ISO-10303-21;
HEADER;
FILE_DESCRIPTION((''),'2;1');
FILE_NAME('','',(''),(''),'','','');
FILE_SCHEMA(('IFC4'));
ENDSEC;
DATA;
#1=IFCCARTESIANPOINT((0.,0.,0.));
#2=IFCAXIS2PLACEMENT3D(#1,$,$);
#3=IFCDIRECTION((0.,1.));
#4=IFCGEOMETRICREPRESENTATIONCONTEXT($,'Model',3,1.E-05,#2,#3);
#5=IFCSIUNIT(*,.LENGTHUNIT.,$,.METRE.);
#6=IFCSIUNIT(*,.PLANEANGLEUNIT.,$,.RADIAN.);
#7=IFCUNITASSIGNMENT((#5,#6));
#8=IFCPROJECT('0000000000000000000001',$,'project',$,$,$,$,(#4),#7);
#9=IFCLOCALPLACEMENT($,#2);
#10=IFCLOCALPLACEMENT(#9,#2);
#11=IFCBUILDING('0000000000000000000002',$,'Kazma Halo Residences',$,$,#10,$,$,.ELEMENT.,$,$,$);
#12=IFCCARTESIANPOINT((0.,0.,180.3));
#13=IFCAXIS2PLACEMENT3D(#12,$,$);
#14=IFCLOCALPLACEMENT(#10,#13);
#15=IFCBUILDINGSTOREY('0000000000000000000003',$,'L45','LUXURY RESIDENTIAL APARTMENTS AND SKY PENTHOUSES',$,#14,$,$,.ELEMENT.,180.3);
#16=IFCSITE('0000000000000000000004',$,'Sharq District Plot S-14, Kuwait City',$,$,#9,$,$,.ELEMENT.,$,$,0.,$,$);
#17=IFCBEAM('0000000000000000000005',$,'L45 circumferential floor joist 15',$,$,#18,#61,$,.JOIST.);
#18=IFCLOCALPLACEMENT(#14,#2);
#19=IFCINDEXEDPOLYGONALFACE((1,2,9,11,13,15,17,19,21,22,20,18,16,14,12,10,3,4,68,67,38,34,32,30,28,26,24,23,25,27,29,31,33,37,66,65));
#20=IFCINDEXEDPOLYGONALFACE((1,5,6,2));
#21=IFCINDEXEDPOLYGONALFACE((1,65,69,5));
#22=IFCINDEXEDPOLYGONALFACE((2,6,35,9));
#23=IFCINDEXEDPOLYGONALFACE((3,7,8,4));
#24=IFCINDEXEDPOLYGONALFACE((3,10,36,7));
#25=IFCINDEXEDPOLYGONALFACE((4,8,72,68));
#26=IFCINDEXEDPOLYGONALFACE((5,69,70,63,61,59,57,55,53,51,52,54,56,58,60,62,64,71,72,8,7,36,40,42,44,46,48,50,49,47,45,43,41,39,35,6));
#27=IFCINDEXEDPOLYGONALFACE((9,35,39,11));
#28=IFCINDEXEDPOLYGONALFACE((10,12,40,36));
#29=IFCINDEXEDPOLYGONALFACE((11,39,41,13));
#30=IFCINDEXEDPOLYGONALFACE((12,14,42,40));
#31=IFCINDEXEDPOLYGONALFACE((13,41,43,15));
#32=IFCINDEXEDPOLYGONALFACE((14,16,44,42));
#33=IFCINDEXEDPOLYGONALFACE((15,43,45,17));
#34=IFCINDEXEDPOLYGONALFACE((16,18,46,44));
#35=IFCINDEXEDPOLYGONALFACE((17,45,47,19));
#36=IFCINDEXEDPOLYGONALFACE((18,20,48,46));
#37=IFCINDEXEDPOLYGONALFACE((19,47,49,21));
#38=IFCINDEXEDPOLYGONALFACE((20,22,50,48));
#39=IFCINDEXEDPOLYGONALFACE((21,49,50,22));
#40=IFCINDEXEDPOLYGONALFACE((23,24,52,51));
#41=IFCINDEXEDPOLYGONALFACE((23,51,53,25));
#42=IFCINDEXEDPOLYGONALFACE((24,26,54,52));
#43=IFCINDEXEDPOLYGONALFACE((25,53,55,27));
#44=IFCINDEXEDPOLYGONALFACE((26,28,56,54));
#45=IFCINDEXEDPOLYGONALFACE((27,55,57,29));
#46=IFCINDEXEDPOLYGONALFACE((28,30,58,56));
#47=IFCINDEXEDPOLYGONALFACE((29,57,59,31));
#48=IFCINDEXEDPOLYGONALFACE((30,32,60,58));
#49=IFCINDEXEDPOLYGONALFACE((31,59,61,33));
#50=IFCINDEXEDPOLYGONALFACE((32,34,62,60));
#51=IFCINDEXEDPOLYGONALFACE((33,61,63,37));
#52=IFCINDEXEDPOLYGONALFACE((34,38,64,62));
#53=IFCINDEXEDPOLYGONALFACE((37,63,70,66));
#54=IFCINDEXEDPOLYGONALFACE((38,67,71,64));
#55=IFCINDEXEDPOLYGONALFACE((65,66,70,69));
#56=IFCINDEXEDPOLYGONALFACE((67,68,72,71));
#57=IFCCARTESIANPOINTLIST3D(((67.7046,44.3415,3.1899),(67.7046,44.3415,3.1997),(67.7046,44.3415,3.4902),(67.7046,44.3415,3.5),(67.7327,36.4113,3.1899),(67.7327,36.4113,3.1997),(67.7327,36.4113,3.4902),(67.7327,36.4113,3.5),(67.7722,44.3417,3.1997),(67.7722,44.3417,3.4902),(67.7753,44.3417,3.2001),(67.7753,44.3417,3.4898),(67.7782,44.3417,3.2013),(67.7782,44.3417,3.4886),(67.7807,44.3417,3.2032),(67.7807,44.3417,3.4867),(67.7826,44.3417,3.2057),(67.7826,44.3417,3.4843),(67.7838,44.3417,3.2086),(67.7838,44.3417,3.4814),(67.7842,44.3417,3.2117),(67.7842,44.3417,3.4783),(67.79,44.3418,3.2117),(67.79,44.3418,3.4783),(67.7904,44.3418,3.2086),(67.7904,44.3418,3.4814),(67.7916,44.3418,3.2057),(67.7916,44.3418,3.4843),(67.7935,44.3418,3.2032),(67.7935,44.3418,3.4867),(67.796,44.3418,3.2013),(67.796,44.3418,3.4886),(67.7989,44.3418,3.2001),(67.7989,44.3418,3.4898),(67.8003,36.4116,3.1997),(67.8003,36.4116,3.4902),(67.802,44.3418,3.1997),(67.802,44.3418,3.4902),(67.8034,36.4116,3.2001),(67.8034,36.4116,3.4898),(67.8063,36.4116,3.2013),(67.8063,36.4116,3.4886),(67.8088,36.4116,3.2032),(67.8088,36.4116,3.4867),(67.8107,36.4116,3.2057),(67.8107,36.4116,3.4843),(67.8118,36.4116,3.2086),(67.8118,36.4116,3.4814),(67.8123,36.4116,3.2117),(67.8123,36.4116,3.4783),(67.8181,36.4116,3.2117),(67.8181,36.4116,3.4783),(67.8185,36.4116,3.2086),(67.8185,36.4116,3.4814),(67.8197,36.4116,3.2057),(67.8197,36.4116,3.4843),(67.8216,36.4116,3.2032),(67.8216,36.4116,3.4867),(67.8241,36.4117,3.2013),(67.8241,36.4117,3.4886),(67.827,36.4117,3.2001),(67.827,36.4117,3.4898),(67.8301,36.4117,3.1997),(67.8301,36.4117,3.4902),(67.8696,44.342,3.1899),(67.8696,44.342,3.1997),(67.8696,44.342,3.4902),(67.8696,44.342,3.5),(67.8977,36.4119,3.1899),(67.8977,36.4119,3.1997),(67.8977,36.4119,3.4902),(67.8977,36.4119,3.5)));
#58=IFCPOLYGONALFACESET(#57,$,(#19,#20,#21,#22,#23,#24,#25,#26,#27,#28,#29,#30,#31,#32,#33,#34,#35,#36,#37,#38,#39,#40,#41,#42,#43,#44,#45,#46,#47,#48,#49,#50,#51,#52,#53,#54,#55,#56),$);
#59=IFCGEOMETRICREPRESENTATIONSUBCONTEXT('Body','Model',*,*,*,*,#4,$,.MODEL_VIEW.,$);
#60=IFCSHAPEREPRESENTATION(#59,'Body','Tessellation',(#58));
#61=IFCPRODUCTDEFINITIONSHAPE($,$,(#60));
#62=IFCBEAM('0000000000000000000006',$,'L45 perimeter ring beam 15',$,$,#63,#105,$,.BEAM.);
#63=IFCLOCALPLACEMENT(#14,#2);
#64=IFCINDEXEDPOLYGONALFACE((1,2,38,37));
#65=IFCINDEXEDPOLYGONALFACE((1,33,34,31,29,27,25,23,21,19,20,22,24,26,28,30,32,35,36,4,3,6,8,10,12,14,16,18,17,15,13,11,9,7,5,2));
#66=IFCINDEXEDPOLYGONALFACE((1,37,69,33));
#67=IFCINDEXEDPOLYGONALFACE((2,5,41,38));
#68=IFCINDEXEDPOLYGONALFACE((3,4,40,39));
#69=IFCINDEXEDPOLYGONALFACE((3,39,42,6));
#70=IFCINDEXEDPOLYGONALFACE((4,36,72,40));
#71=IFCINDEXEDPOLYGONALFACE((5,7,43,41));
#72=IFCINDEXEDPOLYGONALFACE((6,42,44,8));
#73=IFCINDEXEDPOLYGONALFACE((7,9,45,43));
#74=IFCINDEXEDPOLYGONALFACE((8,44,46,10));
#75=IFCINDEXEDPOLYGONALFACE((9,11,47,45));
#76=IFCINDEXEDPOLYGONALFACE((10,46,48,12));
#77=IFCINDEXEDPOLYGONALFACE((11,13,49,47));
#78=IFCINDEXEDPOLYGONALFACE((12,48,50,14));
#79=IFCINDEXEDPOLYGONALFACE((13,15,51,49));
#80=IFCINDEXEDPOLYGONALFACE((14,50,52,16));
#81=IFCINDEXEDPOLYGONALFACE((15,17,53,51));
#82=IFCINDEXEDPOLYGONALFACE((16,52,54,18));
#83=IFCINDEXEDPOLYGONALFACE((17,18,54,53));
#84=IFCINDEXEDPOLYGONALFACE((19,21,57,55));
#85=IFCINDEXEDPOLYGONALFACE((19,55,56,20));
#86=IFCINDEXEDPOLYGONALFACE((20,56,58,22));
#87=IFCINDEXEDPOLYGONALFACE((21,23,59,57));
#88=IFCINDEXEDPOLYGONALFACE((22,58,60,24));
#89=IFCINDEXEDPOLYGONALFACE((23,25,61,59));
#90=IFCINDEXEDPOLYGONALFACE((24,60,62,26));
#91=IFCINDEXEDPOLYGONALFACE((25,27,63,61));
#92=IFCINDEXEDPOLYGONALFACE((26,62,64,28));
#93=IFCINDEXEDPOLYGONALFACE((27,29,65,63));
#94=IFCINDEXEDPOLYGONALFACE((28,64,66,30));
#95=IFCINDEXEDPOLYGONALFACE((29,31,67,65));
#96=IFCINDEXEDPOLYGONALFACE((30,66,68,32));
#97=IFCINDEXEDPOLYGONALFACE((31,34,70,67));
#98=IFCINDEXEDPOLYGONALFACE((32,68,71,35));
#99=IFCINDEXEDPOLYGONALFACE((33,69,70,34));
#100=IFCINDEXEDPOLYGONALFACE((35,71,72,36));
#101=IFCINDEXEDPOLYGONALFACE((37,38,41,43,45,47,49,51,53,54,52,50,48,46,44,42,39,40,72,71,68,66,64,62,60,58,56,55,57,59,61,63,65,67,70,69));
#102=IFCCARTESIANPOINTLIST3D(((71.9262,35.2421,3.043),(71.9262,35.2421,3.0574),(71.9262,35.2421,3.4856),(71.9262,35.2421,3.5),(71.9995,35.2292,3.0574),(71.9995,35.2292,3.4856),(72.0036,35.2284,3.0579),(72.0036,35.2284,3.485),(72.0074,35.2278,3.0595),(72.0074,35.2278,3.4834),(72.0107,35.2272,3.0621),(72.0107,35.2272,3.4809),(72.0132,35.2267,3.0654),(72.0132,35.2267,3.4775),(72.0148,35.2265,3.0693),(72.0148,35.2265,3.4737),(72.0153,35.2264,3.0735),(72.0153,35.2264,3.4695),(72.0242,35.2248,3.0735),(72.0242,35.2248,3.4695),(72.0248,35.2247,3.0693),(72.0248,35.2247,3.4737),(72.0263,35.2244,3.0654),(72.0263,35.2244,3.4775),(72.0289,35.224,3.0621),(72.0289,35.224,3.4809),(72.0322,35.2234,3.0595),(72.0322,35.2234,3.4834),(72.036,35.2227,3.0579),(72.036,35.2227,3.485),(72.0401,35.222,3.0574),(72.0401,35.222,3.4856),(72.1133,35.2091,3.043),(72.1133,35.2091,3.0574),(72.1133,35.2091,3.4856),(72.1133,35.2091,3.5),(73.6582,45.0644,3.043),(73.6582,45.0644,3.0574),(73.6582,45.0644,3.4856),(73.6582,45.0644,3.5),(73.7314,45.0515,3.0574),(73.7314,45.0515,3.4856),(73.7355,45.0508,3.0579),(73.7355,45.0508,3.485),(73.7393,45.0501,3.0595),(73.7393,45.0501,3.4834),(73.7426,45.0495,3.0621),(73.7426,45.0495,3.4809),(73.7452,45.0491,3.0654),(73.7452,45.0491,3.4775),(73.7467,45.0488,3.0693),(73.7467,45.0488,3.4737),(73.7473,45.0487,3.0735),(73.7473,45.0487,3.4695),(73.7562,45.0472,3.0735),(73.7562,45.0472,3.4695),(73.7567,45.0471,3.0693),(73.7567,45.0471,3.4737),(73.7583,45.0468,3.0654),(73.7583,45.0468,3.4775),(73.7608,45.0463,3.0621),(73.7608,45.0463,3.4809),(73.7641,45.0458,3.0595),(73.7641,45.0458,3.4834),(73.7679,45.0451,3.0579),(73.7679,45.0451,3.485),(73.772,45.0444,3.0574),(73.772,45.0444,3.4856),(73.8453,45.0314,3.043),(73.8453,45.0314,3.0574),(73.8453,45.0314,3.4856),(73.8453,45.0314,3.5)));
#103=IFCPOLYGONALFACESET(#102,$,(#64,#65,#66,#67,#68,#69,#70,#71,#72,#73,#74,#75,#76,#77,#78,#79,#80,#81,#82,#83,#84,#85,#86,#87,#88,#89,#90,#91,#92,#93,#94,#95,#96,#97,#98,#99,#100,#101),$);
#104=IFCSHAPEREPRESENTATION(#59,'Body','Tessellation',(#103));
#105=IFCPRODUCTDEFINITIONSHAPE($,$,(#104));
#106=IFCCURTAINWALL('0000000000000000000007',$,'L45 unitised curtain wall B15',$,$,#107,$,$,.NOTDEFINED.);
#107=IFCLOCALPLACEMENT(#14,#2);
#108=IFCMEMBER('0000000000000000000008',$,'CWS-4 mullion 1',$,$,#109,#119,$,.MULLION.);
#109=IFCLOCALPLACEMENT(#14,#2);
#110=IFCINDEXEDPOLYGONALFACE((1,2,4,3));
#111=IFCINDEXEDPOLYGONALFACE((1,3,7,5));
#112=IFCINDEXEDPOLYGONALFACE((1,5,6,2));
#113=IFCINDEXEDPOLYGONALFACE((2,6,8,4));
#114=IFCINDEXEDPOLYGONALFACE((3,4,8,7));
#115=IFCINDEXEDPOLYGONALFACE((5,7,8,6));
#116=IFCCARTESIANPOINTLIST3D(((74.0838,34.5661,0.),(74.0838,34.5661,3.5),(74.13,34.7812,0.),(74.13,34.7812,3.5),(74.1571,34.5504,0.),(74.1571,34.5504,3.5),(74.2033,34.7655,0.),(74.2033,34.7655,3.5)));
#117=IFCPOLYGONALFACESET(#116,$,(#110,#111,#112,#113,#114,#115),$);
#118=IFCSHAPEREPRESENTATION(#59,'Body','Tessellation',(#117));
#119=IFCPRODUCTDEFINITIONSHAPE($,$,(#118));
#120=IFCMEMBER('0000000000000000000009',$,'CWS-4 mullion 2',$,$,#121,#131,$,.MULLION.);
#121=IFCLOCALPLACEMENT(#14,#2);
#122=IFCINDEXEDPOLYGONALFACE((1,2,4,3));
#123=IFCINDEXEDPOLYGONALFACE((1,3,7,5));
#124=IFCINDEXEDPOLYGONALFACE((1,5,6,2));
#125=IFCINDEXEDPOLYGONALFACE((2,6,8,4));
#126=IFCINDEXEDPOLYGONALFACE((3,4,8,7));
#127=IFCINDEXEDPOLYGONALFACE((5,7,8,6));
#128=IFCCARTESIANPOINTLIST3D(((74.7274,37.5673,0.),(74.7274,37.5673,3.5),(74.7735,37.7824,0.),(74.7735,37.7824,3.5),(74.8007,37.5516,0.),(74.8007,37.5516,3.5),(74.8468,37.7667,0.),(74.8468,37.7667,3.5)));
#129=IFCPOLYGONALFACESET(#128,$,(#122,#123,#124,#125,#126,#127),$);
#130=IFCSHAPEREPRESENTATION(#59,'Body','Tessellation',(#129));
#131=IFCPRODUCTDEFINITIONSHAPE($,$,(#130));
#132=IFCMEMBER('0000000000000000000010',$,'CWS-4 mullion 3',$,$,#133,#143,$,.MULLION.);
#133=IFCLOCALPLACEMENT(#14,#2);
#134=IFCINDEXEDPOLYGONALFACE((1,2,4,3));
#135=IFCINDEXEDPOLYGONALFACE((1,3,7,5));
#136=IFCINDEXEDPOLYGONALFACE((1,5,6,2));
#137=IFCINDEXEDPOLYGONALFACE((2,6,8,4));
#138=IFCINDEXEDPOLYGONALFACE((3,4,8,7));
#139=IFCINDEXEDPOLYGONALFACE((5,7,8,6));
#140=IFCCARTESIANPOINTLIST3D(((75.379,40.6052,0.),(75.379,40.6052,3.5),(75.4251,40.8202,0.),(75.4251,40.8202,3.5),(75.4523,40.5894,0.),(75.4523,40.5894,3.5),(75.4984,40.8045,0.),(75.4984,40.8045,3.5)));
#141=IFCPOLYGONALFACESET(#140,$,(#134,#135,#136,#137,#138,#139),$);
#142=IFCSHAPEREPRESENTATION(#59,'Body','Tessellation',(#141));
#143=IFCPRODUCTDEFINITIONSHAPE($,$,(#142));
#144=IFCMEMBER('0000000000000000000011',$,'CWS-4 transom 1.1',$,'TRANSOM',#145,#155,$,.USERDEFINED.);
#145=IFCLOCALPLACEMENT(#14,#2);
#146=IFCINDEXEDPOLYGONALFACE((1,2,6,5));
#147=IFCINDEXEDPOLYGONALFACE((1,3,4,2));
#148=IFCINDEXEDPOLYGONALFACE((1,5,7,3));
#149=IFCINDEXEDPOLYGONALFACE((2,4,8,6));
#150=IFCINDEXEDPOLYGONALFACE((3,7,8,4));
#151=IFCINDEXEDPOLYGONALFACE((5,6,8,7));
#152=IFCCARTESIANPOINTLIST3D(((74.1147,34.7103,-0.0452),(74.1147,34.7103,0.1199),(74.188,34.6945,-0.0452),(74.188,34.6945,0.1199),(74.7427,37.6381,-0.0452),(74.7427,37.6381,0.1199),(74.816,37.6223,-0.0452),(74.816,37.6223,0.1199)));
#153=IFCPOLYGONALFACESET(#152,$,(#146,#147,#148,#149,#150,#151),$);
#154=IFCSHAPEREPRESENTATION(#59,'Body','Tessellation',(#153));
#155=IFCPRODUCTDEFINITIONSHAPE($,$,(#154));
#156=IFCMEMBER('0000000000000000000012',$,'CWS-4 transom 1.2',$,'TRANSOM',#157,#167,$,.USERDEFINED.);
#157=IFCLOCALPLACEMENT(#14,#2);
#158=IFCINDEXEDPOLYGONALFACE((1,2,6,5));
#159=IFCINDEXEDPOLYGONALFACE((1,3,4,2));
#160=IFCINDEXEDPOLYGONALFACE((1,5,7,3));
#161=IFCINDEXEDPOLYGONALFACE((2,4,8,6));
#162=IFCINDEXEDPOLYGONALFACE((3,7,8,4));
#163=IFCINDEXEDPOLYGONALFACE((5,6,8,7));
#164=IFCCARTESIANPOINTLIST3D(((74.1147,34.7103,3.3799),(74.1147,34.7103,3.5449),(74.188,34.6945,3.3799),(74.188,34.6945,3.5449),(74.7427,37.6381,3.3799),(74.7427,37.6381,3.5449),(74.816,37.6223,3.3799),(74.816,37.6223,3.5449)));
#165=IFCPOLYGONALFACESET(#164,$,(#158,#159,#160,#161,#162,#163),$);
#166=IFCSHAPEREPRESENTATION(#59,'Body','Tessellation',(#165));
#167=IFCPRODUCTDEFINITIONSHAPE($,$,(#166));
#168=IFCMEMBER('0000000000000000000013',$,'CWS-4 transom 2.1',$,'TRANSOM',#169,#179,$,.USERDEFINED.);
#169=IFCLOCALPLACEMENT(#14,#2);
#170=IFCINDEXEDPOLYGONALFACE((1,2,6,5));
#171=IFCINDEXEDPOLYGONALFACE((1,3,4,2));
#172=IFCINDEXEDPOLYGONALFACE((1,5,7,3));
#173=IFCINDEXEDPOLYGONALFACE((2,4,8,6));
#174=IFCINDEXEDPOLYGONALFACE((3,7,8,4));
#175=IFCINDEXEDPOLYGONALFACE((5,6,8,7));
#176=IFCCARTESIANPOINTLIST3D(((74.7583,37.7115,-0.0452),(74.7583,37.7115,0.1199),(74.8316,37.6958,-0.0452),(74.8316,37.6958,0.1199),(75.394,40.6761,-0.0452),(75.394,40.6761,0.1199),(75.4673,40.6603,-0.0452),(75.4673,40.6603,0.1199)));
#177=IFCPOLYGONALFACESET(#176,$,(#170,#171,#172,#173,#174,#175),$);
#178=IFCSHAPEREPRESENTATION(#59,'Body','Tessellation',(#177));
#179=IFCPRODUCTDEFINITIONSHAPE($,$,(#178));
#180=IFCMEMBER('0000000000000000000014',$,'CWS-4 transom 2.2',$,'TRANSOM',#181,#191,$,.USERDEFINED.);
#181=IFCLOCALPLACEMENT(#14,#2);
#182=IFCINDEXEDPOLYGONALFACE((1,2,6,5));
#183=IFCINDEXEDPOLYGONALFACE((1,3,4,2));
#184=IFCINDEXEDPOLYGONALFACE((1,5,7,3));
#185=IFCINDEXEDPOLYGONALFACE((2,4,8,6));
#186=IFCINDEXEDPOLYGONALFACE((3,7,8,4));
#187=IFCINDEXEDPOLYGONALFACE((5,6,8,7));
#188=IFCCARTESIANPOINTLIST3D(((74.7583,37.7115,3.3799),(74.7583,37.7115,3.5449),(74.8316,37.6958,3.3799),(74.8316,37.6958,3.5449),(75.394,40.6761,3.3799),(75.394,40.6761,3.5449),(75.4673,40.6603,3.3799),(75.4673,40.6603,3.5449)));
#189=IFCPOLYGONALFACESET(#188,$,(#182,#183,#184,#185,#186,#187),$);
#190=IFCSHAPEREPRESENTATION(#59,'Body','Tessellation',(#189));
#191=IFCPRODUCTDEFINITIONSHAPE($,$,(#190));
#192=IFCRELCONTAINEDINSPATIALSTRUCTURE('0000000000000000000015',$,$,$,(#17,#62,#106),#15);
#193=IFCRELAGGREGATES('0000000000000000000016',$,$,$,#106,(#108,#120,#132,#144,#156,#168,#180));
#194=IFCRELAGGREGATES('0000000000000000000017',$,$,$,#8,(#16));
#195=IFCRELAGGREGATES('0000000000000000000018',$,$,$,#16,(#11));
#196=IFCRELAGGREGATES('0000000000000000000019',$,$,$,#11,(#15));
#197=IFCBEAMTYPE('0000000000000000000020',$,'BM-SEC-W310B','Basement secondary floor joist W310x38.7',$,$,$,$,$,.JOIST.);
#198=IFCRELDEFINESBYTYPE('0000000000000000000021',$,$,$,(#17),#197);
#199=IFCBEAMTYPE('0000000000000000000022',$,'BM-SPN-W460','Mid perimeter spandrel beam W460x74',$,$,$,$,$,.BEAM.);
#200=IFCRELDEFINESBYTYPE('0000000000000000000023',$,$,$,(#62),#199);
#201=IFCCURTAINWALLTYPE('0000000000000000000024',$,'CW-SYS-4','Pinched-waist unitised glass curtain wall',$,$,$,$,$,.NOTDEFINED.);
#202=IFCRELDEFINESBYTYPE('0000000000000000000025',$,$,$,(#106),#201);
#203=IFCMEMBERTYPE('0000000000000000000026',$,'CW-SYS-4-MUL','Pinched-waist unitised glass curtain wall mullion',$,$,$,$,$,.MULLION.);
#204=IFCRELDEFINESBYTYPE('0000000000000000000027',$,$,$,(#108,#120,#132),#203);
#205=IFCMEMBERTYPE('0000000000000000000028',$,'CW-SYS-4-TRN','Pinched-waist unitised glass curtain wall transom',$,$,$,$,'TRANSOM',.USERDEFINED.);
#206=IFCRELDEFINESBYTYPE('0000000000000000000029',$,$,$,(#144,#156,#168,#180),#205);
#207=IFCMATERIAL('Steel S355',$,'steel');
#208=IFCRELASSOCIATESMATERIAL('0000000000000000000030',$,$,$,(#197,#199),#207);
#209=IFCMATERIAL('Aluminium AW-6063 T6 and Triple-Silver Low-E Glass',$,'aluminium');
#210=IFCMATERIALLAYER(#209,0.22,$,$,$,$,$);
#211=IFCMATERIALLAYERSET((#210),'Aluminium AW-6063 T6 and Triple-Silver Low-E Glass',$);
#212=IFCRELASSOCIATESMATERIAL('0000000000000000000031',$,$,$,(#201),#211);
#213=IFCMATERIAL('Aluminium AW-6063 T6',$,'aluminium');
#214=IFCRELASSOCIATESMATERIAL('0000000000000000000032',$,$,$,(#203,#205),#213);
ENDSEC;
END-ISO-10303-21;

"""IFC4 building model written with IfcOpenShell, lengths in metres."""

from ifc_helpers import new_model, si_unit, direction, frame, origin, origin_2d, place, context, subcontext, project, spatial, rectangle, i_section, extrude, material, layer, layer_set, material_profile, profile_set, type_object, element, aggregate, save


model = new_model("IFC4")

# Units and contexts
model_context = context("Model", 3, precision=1e-05, world=origin(), true_north=direction((0.0, 1.0)))
body_context = subcontext(model_context, "Body", "Model", "MODEL_VIEW")
ifc_project = project(units=[si_unit("LENGTHUNIT", "METRE"), si_unit("PLANEANGLEUNIT", "RADIAN")], contexts=[model_context])

# Site, building, storey
site_placement = place(None, origin())
site = spatial("IfcSite", under=ifc_project, at=site_placement, Name="Sharq District Plot S-14, Kuwait City", CompositionType="ELEMENT", RefElevation=0.0)
building_placement = place(site_placement, origin())
building = spatial("IfcBuilding", under=site, at=building_placement, Name="Kazma Halo Residences", CompositionType="ELEMENT")
storey_placement = place(building_placement, frame((0.0, 0.0, 180.3)))
storey = spatial("IfcBuildingStorey", under=building, at=storey_placement, Name="L45", Description="LUXURY RESIDENTIAL APARTMENTS AND SKY PENTHOUSES", CompositionType="ELEMENT", Elevation=180.3)

# Beams
ifc_material_1 = material(Name="Steel S355", Category="steel")
ifc_material_profile_1 = material_profile(ifc_material_1, i_section(OverallWidth=0.165, OverallDepth=0.3101, WebThickness=0.0059, FlangeThickness=0.0098, FilletRadius=0.012, at=origin_2d()), Name="W310x38.7")
ifc_profile_set_1 = profile_set([ifc_material_profile_1], Name="Steel S355")
beam_type_1 = type_object("IfcBeamType", Name="BM-SEC-W310B", Description="Basement secondary floor joist W310x38.7", PredefinedType="JOIST", material=ifc_profile_set_1)
beam_1_placement = place(storey_placement, frame((67.8152, 36.4116, 3.345), z_axis=(-0.00354, 0.999994, 0.0), x_axis=(-0.999994, -0.00354, 0.0)))
element("IfcBeam", 1, at=beam_1_placement, inside=storey, type_object=beam_type_1, Name="L45 circumferential floor joist 15", PredefinedType="JOIST", context=body_context, shape_type="SweptSolid", body=[
    extrude(i_section(OverallWidth=0.165, OverallDepth=0.3101, WebThickness=0.0059, FlangeThickness=0.0098, FilletRadius=0.012, at=origin_2d()), origin(), (0.0, 0.0, 1.0), 7.9302),
])
ifc_material_profile_2 = material_profile(ifc_material_1, i_section(OverallWidth=0.1899, OverallDepth=0.457, WebThickness=0.009, FlangeThickness=0.0144, FilletRadius=0.0161, at=origin_2d()), Name="W460x74")
ifc_profile_set_2 = profile_set([ifc_material_profile_2], Name="Steel S355")
beam_type_2 = type_object("IfcBeamType", Name="BM-SPN-W460", Description="Mid perimeter spandrel beam W460x74", PredefinedType="BEAM", material=ifc_profile_set_2)
beam_2_placement = place(storey_placement, frame((72.0198, 35.2256, 3.2715), z_axis=(0.173648, 0.984808, 0.0), x_axis=(-0.984808, 0.173648, 0.0)))
element("IfcBeam", 2, at=beam_2_placement, inside=storey, type_object=beam_type_2, Name="L45 perimeter ring beam 15", PredefinedType="BEAM", context=body_context, shape_type="SweptSolid", body=[
    extrude(i_section(OverallWidth=0.1899, OverallDepth=0.457, WebThickness=0.009, FlangeThickness=0.0144, FilletRadius=0.0161, at=origin_2d()), origin(), (0.0, 0.0, 1.0), 9.9739),
])

# Curtain wall, members
ifc_material_2 = material(Name="Aluminium AW-6063 T6 and Triple-Silver Low-E Glass", Category="aluminium")
ifc_layer_1 = layer(ifc_material_2, 0.22)
ifc_layer_set_1 = layer_set([ifc_layer_1], Name="Aluminium AW-6063 T6 and Triple-Silver Low-E Glass")
curtain_wall_type = type_object("IfcCurtainWallType", Name="CW-SYS-4", Description="Pinched-waist unitised glass curtain wall", PredefinedType="NOTDEFINED", material=ifc_layer_set_1)
curtain_wall_placement = place(storey_placement, origin())
curtain_wall = element("IfcCurtainWall", 3, at=curtain_wall_placement, inside=storey, type_object=curtain_wall_type, Name="L45 unitised curtain wall B15", PredefinedType="NOTDEFINED")
ifc_material_3 = material(Name="Aluminium AW-6063 T6", Category="aluminium")
ifc_material_profile_3 = material_profile(ifc_material_3, rectangle(XDim=0.075, YDim=0.22, at=origin_2d()), Name="CWM-75x220")
ifc_profile_set_3 = profile_set([ifc_material_profile_3], Name="Aluminium AW-6063 T6")
member_type_1 = type_object("IfcMemberType", Name="CW-SYS-4-MUL", Description="Pinched-waist unitised glass curtain wall mullion", PredefinedType="MULLION", material=ifc_profile_set_3)
member_1_placement = place(storey_placement, frame((74.1436, 34.6658, 0.0), z_axis=(0.0, 0.0, 1.0), x_axis=(-0.977768, 0.20969, 0.0)))
member_1 = element("IfcMember", 4, at=member_1_placement, type_object=member_type_1, Name="CWS-4 mullion 1", PredefinedType="MULLION", context=body_context, shape_type="SweptSolid", body=[
    extrude(rectangle(XDim=0.075, YDim=0.22, at=origin_2d()), origin(), (0.0, 0.0, 1.0), 3.5),
])
member_2_placement = place(storey_placement, frame((74.7871, 37.667, 0.0), z_axis=(0.0, 0.0, 1.0), x_axis=(-0.977768, 0.20969, 0.0)))
member_2 = element("IfcMember", 5, at=member_2_placement, type_object=member_type_1, Name="CWS-4 mullion 2", PredefinedType="MULLION", context=body_context, shape_type="SweptSolid", body=[
    extrude(rectangle(XDim=0.075, YDim=0.22, at=origin_2d()), origin(), (0.0, 0.0, 1.0), 3.5),
])
member_3_placement = place(storey_placement, frame((75.4387, 40.7048, 0.0), z_axis=(0.0, 0.0, 1.0), x_axis=(-0.977768, 0.20969, 0.0)))
member_3 = element("IfcMember", 6, at=member_3_placement, type_object=member_type_1, Name="CWS-4 mullion 3", PredefinedType="MULLION", context=body_context, shape_type="SweptSolid", body=[
    extrude(rectangle(XDim=0.075, YDim=0.22, at=origin_2d()), origin(), (0.0, 0.0, 1.0), 3.5),
])
ifc_material_profile_4 = material_profile(ifc_material_3, rectangle(XDim=0.075, YDim=0.165, at=origin_2d()), Name="CWT-75x165")
ifc_profile_set_4 = profile_set([ifc_material_profile_4], Name="Aluminium AW-6063 T6")
member_type_2 = type_object("IfcMemberType", Name="CW-SYS-4-TRN", Description="Pinched-waist unitised glass curtain wall transom", ElementType="TRANSOM", PredefinedType="USERDEFINED", material=ifc_profile_set_4)
member_4_placement = place(storey_placement, frame((74.1514, 34.7024, 0.0374), z_axis=(0.209707, 0.977764, 0.0), x_axis=(-0.977764, 0.209707, 0.0)))
member_4 = element("IfcMember", 7, at=member_4_placement, type_object=member_type_2, Name="CWS-4 transom 1.1", ObjectType="TRANSOM", PredefinedType="USERDEFINED", context=body_context, shape_type="SweptSolid", body=[
    extrude(rectangle(XDim=0.075, YDim=0.165, at=origin_2d()), origin(), (0.0, 0.0, 1.0), 2.9944),
])
member_5_placement = place(storey_placement, frame((74.1514, 34.7024, 3.4624), z_axis=(0.209707, 0.977764, 0.0), x_axis=(-0.977764, 0.209707, 0.0)))
member_5 = element("IfcMember", 8, at=member_5_placement, type_object=member_type_2, Name="CWS-4 transom 1.2", ObjectType="TRANSOM", PredefinedType="USERDEFINED", context=body_context, shape_type="SweptSolid", body=[
    extrude(rectangle(XDim=0.075, YDim=0.165, at=origin_2d()), origin(), (0.0, 0.0, 1.0), 2.9944),
])
member_6_placement = place(storey_placement, frame((74.7949, 37.7036, 0.0374), z_axis=(0.209678, 0.977771, 0.0), x_axis=(-0.977771, 0.209678, 0.0)))
member_6 = element("IfcMember", 9, at=member_6_placement, type_object=member_type_2, Name="CWS-4 transom 2.1", ObjectType="TRANSOM", PredefinedType="USERDEFINED", context=body_context, shape_type="SweptSolid", body=[
    extrude(rectangle(XDim=0.075, YDim=0.165, at=origin_2d()), origin(), (0.0, 0.0, 1.0), 3.032),
])
member_7_placement = place(storey_placement, frame((74.7949, 37.7036, 3.4624), z_axis=(0.209678, 0.977771, 0.0), x_axis=(-0.977771, 0.209678, 0.0)))
member_7 = element("IfcMember", 10, at=member_7_placement, type_object=member_type_2, Name="CWS-4 transom 2.2", ObjectType="TRANSOM", PredefinedType="USERDEFINED", context=body_context, shape_type="SweptSolid", body=[
    extrude(rectangle(XDim=0.075, YDim=0.165, at=origin_2d()), origin(), (0.0, 0.0, 1.0), 3.032),
])
aggregate(curtain_wall, [member_1, member_2, member_3, member_4, member_5, member_6, member_7])

save(model, "model.ifc")
